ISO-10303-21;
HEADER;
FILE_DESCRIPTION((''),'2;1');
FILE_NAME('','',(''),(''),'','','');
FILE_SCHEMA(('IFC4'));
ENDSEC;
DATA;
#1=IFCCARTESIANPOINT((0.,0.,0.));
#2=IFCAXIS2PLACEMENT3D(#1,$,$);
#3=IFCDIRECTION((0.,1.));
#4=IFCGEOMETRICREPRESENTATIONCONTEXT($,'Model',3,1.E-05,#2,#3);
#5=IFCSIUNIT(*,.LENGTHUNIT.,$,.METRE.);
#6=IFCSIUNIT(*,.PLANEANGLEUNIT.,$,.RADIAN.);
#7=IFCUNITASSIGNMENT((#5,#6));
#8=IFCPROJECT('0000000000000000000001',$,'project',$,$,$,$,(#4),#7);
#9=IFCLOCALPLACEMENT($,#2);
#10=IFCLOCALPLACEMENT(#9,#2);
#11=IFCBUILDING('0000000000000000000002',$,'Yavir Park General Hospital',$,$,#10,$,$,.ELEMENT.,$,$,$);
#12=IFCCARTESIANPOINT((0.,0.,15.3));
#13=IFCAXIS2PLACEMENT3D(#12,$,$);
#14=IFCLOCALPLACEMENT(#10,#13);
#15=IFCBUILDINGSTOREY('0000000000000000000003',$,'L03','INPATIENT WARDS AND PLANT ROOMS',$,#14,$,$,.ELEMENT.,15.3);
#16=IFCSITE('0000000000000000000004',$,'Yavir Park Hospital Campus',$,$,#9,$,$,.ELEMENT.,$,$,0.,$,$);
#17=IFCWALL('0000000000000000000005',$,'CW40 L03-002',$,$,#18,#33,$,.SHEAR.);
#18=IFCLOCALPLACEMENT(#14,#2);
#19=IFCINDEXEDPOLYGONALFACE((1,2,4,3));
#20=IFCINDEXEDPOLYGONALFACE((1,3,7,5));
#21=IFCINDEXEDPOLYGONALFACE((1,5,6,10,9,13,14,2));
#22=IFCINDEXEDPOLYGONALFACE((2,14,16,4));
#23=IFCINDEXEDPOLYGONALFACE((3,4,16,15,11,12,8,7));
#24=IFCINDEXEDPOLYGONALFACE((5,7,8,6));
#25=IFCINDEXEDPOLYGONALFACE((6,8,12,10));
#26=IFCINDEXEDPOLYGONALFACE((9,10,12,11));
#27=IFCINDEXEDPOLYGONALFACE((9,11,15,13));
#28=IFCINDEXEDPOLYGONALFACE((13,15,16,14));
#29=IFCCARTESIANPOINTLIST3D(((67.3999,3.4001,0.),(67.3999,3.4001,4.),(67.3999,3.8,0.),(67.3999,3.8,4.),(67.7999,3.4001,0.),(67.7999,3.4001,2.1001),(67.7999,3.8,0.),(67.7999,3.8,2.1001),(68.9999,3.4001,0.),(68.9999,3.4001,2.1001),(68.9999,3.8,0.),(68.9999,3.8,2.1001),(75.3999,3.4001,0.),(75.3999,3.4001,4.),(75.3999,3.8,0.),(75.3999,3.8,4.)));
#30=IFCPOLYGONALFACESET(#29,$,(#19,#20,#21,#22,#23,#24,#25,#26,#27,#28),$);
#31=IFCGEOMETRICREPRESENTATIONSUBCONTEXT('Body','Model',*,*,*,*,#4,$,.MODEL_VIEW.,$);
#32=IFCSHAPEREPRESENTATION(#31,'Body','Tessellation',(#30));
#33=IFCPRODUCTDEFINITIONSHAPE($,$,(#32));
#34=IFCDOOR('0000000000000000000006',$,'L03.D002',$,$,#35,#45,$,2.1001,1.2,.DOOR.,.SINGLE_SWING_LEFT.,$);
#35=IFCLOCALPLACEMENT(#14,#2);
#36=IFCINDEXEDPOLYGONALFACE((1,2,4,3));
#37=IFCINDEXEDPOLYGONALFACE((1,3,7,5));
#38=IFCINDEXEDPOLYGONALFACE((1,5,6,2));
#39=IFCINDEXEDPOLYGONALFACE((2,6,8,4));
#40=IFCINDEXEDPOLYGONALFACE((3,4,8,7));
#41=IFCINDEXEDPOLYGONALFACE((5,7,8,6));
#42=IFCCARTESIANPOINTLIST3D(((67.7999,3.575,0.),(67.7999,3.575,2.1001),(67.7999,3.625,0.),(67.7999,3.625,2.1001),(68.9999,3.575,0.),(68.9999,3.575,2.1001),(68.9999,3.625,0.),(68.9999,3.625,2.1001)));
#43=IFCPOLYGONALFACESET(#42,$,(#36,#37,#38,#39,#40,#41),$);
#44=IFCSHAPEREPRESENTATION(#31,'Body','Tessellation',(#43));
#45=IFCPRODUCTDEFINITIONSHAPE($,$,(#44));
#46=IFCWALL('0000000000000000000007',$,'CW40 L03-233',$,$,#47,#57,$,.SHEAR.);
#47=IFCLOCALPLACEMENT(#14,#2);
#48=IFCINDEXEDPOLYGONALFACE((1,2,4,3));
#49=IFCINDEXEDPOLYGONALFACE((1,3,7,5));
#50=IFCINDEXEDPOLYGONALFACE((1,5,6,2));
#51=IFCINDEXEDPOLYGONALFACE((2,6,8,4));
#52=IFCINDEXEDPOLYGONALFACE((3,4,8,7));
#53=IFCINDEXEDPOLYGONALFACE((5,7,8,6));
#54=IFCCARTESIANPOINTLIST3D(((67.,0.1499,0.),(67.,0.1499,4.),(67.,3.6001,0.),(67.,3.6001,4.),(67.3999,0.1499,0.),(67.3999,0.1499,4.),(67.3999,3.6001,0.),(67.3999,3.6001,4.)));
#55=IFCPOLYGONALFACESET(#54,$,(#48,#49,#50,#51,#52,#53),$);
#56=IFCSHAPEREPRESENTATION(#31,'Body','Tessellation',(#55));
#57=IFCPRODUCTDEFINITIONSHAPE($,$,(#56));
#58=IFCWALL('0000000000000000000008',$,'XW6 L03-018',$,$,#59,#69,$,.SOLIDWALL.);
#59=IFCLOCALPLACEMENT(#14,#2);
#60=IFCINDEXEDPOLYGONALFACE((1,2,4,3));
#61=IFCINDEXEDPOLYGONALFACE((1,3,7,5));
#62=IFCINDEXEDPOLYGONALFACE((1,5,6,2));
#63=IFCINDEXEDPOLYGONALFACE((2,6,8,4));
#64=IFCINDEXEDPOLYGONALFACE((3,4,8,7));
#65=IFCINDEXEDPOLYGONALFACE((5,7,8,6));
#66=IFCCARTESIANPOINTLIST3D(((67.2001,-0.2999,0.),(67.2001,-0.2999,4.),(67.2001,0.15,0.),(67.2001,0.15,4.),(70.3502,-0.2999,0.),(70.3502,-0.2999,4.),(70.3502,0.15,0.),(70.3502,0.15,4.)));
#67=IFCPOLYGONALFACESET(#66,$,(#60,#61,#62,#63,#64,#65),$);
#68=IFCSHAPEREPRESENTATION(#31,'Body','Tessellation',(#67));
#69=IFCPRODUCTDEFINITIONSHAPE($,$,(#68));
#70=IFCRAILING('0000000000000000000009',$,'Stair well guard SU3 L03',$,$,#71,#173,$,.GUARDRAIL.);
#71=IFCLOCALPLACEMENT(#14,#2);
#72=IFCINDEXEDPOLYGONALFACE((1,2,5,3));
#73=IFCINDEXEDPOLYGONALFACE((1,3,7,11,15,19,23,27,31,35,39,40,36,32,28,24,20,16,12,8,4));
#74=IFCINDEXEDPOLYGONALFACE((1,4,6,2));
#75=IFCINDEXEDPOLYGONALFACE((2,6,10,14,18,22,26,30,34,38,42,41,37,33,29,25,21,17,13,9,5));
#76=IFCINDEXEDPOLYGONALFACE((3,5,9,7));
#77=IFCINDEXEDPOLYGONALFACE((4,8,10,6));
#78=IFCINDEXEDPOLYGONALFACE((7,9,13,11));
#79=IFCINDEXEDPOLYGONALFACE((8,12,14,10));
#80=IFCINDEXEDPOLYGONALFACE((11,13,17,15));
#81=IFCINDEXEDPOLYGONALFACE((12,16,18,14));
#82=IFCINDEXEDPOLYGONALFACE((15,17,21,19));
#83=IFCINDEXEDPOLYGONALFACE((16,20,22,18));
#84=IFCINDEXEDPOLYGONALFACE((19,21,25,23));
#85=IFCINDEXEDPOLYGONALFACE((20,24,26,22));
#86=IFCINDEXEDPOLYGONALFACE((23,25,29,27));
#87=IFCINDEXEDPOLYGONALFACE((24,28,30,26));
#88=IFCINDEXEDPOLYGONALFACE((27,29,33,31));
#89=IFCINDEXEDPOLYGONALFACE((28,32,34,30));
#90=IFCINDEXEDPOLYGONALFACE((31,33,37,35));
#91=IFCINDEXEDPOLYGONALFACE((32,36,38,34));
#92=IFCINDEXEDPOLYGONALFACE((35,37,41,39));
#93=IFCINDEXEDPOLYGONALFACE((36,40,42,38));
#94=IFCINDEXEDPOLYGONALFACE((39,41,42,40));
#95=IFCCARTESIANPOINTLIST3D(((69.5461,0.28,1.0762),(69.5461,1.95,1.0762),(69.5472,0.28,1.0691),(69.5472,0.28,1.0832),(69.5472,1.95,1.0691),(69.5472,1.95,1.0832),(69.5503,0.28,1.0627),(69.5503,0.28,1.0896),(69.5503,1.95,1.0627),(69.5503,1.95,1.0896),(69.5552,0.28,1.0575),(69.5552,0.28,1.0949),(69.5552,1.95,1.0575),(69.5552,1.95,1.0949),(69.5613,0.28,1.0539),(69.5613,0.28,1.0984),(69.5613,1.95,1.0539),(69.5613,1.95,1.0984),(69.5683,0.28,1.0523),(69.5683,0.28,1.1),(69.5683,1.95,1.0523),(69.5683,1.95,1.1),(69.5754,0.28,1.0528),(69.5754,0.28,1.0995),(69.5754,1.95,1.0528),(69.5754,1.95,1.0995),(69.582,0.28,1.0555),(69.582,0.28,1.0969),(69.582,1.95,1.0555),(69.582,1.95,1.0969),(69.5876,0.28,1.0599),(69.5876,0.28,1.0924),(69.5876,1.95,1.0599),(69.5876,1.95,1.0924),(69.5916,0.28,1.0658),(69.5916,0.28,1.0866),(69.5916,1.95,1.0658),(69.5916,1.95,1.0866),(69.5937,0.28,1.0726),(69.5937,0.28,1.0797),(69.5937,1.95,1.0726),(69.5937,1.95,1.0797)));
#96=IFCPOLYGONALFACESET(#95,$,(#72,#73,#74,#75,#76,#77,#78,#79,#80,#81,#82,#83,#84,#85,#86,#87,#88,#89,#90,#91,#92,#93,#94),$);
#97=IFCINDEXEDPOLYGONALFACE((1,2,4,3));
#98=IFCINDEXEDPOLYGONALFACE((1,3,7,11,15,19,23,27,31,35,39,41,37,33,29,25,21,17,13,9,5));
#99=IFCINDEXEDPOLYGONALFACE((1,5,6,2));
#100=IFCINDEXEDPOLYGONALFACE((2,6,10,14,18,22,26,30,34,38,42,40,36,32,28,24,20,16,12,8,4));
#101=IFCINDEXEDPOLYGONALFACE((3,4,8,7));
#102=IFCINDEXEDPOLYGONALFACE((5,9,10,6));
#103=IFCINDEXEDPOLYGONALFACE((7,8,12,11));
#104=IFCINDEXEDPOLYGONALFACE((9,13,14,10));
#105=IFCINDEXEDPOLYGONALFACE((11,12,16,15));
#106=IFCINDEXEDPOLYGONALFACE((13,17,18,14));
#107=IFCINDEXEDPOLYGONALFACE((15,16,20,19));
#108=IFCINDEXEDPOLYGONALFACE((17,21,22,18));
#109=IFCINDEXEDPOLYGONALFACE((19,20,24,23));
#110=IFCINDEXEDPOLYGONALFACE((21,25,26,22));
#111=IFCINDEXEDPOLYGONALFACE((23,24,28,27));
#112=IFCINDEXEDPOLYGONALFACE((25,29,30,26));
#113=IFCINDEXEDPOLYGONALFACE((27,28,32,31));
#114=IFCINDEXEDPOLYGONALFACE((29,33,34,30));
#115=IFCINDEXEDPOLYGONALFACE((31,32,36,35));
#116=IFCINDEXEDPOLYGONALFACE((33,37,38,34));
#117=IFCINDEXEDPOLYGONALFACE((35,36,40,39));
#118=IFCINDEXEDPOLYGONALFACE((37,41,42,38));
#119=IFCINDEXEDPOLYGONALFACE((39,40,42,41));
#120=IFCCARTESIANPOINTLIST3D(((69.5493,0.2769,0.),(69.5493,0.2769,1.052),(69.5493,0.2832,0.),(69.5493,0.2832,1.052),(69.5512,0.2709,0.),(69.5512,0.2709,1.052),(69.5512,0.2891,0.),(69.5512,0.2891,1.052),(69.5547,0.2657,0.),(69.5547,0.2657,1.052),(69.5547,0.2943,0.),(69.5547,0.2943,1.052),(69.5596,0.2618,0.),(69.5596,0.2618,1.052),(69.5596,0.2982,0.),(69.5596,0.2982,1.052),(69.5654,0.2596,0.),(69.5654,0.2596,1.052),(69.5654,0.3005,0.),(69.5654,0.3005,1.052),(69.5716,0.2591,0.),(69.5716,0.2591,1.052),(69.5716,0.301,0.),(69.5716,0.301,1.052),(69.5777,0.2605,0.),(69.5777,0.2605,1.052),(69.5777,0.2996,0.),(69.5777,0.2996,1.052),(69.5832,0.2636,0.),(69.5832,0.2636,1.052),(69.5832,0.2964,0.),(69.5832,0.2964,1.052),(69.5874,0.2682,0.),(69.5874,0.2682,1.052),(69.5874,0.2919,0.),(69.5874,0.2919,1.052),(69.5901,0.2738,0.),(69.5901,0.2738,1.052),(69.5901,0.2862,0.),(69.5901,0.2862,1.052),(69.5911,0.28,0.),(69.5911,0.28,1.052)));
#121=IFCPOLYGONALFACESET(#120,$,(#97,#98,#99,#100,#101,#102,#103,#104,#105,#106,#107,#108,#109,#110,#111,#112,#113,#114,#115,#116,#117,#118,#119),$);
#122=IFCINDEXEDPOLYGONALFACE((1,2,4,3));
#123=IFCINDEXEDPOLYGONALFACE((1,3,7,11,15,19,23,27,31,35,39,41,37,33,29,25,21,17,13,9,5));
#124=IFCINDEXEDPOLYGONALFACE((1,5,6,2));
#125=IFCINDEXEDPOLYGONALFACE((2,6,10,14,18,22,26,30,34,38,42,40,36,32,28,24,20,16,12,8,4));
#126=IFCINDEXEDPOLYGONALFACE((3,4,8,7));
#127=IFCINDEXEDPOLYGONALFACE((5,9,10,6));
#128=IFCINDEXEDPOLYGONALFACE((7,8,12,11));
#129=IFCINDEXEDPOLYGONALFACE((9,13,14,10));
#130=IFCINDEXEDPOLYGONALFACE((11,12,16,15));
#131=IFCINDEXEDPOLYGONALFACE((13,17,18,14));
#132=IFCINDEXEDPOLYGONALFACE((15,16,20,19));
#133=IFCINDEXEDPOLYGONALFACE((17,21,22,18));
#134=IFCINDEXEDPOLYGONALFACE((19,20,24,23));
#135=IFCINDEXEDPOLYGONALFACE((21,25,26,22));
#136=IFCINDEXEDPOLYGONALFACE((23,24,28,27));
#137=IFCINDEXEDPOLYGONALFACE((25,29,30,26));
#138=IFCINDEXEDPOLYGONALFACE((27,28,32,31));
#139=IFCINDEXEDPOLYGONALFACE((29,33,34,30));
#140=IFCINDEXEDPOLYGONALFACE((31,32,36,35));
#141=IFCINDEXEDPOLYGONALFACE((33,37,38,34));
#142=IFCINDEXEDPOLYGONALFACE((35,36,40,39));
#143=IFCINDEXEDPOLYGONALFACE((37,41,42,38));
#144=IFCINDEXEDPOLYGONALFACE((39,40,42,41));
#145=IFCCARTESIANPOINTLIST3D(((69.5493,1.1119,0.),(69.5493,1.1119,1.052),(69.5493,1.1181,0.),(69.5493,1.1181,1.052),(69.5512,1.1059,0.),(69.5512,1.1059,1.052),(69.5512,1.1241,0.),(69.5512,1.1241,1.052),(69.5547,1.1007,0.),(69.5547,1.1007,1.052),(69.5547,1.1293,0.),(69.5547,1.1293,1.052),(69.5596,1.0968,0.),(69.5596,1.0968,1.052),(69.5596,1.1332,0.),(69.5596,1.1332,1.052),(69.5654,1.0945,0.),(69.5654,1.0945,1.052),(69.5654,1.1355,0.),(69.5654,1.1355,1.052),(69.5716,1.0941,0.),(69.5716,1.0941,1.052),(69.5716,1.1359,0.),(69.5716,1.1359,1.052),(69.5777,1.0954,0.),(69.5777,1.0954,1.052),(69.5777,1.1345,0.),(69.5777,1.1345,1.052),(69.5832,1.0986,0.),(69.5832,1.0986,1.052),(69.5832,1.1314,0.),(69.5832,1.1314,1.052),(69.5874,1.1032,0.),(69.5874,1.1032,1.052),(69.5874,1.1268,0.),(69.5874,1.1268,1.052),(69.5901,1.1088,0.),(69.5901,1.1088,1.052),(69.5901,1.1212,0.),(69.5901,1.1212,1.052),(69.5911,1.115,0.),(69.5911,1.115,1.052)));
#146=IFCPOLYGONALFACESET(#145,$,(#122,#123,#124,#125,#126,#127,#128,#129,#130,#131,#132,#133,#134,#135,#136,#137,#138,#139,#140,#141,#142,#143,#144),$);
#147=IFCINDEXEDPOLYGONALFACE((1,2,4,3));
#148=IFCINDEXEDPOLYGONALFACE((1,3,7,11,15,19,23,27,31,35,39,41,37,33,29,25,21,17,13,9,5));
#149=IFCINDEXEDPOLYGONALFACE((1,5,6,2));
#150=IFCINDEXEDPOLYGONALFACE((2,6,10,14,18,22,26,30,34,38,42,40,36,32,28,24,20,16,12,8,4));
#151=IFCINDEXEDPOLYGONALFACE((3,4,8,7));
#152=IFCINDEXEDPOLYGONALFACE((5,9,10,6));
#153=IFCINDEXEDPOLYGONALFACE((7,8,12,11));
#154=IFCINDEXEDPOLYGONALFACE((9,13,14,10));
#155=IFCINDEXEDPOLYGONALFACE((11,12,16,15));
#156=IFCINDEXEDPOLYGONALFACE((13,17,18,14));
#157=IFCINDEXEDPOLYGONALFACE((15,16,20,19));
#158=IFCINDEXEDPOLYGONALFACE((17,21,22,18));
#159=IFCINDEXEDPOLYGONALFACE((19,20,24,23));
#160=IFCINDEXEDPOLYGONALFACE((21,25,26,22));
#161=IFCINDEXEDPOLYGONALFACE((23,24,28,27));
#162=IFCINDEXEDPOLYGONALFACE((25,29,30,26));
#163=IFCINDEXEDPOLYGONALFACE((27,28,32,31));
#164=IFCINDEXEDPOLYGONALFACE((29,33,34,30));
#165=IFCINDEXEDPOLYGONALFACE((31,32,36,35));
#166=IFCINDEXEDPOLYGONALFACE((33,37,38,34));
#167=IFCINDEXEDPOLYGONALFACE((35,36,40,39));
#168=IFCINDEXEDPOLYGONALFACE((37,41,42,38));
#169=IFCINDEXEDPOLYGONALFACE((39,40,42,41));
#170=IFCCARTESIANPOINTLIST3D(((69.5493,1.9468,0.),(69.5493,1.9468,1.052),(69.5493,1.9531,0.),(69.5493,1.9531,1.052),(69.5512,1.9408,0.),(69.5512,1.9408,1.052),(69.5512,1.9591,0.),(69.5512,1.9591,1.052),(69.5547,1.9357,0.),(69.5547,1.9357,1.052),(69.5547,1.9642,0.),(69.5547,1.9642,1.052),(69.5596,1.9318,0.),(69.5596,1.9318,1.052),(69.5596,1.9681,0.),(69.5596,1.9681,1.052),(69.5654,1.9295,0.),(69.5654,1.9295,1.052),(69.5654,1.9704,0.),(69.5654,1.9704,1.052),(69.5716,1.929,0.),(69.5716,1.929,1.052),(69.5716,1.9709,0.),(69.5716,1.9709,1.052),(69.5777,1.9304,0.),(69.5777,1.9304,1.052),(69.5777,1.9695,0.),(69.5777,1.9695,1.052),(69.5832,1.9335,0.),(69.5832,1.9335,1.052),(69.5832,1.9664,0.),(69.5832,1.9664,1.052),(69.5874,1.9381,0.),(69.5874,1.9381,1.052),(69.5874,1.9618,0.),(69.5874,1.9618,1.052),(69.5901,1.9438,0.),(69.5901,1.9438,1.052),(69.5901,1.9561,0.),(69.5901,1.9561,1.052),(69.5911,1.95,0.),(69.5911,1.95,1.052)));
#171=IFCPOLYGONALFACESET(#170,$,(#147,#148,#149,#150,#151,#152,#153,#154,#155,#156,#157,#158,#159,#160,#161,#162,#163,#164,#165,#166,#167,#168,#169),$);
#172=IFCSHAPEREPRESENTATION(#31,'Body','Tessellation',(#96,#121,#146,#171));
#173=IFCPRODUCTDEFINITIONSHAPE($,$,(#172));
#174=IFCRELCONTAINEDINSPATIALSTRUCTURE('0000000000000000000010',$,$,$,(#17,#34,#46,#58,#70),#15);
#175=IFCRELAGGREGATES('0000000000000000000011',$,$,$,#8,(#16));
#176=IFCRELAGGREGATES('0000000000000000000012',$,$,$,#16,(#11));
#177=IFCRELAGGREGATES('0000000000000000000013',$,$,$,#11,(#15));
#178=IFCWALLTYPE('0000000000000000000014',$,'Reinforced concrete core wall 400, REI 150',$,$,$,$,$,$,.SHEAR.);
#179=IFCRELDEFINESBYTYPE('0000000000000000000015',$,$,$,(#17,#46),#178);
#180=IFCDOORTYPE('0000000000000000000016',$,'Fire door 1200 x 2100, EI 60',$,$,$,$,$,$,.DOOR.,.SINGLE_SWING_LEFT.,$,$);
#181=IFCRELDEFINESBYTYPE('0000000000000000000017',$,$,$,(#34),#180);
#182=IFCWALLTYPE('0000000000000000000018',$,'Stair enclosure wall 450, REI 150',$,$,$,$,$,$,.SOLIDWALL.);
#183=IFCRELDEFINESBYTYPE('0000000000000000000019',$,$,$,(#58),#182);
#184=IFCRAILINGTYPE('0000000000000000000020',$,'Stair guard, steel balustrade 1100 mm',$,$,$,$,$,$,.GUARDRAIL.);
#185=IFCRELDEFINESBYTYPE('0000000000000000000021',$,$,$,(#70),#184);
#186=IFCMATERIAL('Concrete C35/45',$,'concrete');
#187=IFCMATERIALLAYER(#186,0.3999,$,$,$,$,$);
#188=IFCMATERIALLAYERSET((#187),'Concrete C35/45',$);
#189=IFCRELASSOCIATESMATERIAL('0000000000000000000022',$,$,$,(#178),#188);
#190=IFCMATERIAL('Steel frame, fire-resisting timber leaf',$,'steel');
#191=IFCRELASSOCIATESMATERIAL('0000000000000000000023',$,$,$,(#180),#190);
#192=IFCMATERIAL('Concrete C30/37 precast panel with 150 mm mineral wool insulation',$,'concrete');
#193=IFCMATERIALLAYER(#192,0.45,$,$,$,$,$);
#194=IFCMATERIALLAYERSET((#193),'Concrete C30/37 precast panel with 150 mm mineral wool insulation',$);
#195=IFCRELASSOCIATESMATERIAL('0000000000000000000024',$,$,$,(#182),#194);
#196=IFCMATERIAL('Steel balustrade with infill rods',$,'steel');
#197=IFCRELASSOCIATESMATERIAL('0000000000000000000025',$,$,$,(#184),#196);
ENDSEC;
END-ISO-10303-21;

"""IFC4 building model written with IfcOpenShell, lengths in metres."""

from ifc_helpers import new_model, si_unit, direction, frame, frame_2d, origin, origin_2d, place, context, subcontext, project, spatial, rectangle, circle, extrude, material, layer, layer_set, type_object, element, fill, save


model = new_model("IFC4")

# Units and contexts
model_context = context("Model", 3, precision=1e-05, world=origin(), true_north=direction((0.0, 1.0)))
body_context = subcontext(model_context, "Body", "Model", "MODEL_VIEW")
ifc_project = project(units=[si_unit("LENGTHUNIT", "METRE"), si_unit("PLANEANGLEUNIT", "RADIAN")], contexts=[model_context])

# Site, building, storey
site_placement = place(None, origin())
site = spatial("IfcSite", under=ifc_project, at=site_placement, Name="Yavir Park Hospital Campus", CompositionType="ELEMENT", RefElevation=0.0)
building_placement = place(site_placement, origin())
building = spatial("IfcBuilding", under=site, at=building_placement, Name="Yavir Park General Hospital", CompositionType="ELEMENT")
storey_placement = place(building_placement, frame((0.0, 0.0, 15.3)))
storey = spatial("IfcBuildingStorey", under=building, at=storey_placement, Name="L03", Description="INPATIENT WARDS AND PLANT ROOMS", CompositionType="ELEMENT", Elevation=15.3)

# Wall, opening, door
ifc_material_1 = material(Name="Concrete C35/45", Category="concrete")
ifc_layer_1 = layer(ifc_material_1, 0.3999)
ifc_layer_set_1 = layer_set([ifc_layer_1], Name="Concrete C35/45")
wall_type_1 = type_object("IfcWallType", Name="Reinforced concrete core wall 400, REI 150", PredefinedType="SHEAR", material=ifc_layer_set_1)
wall_1_placement = place(storey_placement, frame((67.3999, 3.6001, 0.0), z_axis=(0.0, 0.0, 1.0), x_axis=(1.0, 0.0, 0.0)))
wall_1 = element("IfcWall", 1, at=wall_1_placement, inside=storey, type_object=wall_type_1, Name="CW40 L03-002", PredefinedType="SHEAR", context=body_context, shape_type="SweptSolid", body=[
    extrude(rectangle(XDim=8.0, YDim=0.3999, at=frame_2d((4.0, 0.0))), origin(), (0.0, 0.0, 1.0), 4.0),
])
opening_1_placement = place(wall_1_placement, frame((0.3999, 0.0, 0.0)))
opening_1 = element("IfcOpeningElement", 2, at=opening_1_placement, cuts=wall_1, PredefinedType="OPENING", context=body_context, shape_type="SweptSolid", body=[
    extrude(rectangle(XDim=1.2, YDim=2.1001, at=frame_2d((0.6001, 1.05))), frame((0.0, 0.21, 0.0), z_axis=(0.0, -1.0, 0.0), x_axis=(1.0, 0.0, 0.0)), (0.0, 0.0, 1.0), 0.4199),
])
ifc_material_2 = material(Name="Steel frame, fire-resisting timber leaf", Category="steel")
door_type_1 = type_object("IfcDoorType", Name="Fire door 1200 x 2100, EI 60", OperationType="SINGLE_SWING_LEFT", PredefinedType="DOOR", material=ifc_material_2)
door_1_placement = place(opening_1_placement, origin())
door_1 = element("IfcDoor", 3, at=door_1_placement, inside=storey, type_object=door_type_1, Name="L03.D002", OperationType="SINGLE_SWING_LEFT", OverallHeight=2.1001, OverallWidth=1.2, PredefinedType="DOOR", context=body_context, shape_type="SweptSolid", body=[
    extrude(rectangle(XDim=1.2, YDim=2.1001, at=frame_2d((0.6001, 1.05))), frame((0.0, 0.0249, 0.0), z_axis=(0.0, -1.0, 0.0), x_axis=(1.0, 0.0, 0.0)), (0.0, 0.0, 1.0), 0.05),
])
fill(opening_1, door_1)

# Walls
wall_2_placement = place(storey_placement, frame((67.2, 0.1499, 0.0), z_axis=(0.0, 0.0, 1.0), x_axis=(0.0, 1.0, 0.0)))
element("IfcWall", 4, at=wall_2_placement, inside=storey, type_object=wall_type_1, Name="CW40 L03-233", PredefinedType="SHEAR", context=body_context, shape_type="SweptSolid", body=[
    extrude(rectangle(XDim=3.4502, YDim=0.3999, at=frame_2d((1.7251, 0.0))), origin(), (0.0, 0.0, 1.0), 4.0),
])
ifc_material_3 = material(Name="Concrete C30/37 precast panel with 150 mm mineral wool insulation", Category="concrete")
ifc_layer_2 = layer(ifc_material_3, 0.45)
ifc_layer_set_2 = layer_set([ifc_layer_2], Name="Concrete C30/37 precast panel with 150 mm mineral wool insulation")
wall_type_2 = type_object("IfcWallType", Name="Stair enclosure wall 450, REI 150", PredefinedType="SOLIDWALL", material=ifc_layer_set_2)
wall_3_placement = place(storey_placement, frame((67.2, -0.075, 0.0), z_axis=(0.0, 0.0, 1.0), x_axis=(1.0, 0.0, 0.0)))
element("IfcWall", 5, at=wall_3_placement, inside=storey, type_object=wall_type_2, Name="XW6 L03-018", PredefinedType="SOLIDWALL", context=body_context, shape_type="SweptSolid", body=[
    extrude(rectangle(XDim=3.1501, YDim=0.45, at=frame_2d((1.5752, 0.0))), origin(), (0.0, 0.0, 1.0), 4.0),
])

# Railing
ifc_material_4 = material(Name="Steel balustrade with infill rods", Category="steel")
railing_type = type_object("IfcRailingType", Name="Stair guard, steel balustrade 1100 mm", PredefinedType="GUARDRAIL", material=ifc_material_4)
railing_placement = place(storey_placement, frame((69.5701, 0.28, 0.0)))
element("IfcRailing", 6, at=railing_placement, inside=storey, type_object=railing_type, Name="Stair well guard SU3 L03", PredefinedType="GUARDRAIL", context=body_context, shape_type="SweptSolid", body=[
    extrude(circle(Radius=0.0239, at=origin_2d()), frame((0.0, 0.0, 1.0762), z_axis=(0.0, 1.0, 0.0), x_axis=(-1.0, 0.0, 0.0)), (0.0, 0.0, 1.0), 1.6699),
    extrude(circle(Radius=0.021, at=origin_2d()), origin(), (0.0, 0.0, 1.0), 1.052),
    extrude(circle(Radius=0.021, at=origin_2d()), frame((0.0, 0.835, 0.0)), (0.0, 0.0, 1.0), 1.052),
    extrude(circle(Radius=0.021, at=origin_2d()), frame((0.0, 1.6699, 0.0)), (0.0, 0.0, 1.0), 1.052),
])

save(model, "model.ifc")
